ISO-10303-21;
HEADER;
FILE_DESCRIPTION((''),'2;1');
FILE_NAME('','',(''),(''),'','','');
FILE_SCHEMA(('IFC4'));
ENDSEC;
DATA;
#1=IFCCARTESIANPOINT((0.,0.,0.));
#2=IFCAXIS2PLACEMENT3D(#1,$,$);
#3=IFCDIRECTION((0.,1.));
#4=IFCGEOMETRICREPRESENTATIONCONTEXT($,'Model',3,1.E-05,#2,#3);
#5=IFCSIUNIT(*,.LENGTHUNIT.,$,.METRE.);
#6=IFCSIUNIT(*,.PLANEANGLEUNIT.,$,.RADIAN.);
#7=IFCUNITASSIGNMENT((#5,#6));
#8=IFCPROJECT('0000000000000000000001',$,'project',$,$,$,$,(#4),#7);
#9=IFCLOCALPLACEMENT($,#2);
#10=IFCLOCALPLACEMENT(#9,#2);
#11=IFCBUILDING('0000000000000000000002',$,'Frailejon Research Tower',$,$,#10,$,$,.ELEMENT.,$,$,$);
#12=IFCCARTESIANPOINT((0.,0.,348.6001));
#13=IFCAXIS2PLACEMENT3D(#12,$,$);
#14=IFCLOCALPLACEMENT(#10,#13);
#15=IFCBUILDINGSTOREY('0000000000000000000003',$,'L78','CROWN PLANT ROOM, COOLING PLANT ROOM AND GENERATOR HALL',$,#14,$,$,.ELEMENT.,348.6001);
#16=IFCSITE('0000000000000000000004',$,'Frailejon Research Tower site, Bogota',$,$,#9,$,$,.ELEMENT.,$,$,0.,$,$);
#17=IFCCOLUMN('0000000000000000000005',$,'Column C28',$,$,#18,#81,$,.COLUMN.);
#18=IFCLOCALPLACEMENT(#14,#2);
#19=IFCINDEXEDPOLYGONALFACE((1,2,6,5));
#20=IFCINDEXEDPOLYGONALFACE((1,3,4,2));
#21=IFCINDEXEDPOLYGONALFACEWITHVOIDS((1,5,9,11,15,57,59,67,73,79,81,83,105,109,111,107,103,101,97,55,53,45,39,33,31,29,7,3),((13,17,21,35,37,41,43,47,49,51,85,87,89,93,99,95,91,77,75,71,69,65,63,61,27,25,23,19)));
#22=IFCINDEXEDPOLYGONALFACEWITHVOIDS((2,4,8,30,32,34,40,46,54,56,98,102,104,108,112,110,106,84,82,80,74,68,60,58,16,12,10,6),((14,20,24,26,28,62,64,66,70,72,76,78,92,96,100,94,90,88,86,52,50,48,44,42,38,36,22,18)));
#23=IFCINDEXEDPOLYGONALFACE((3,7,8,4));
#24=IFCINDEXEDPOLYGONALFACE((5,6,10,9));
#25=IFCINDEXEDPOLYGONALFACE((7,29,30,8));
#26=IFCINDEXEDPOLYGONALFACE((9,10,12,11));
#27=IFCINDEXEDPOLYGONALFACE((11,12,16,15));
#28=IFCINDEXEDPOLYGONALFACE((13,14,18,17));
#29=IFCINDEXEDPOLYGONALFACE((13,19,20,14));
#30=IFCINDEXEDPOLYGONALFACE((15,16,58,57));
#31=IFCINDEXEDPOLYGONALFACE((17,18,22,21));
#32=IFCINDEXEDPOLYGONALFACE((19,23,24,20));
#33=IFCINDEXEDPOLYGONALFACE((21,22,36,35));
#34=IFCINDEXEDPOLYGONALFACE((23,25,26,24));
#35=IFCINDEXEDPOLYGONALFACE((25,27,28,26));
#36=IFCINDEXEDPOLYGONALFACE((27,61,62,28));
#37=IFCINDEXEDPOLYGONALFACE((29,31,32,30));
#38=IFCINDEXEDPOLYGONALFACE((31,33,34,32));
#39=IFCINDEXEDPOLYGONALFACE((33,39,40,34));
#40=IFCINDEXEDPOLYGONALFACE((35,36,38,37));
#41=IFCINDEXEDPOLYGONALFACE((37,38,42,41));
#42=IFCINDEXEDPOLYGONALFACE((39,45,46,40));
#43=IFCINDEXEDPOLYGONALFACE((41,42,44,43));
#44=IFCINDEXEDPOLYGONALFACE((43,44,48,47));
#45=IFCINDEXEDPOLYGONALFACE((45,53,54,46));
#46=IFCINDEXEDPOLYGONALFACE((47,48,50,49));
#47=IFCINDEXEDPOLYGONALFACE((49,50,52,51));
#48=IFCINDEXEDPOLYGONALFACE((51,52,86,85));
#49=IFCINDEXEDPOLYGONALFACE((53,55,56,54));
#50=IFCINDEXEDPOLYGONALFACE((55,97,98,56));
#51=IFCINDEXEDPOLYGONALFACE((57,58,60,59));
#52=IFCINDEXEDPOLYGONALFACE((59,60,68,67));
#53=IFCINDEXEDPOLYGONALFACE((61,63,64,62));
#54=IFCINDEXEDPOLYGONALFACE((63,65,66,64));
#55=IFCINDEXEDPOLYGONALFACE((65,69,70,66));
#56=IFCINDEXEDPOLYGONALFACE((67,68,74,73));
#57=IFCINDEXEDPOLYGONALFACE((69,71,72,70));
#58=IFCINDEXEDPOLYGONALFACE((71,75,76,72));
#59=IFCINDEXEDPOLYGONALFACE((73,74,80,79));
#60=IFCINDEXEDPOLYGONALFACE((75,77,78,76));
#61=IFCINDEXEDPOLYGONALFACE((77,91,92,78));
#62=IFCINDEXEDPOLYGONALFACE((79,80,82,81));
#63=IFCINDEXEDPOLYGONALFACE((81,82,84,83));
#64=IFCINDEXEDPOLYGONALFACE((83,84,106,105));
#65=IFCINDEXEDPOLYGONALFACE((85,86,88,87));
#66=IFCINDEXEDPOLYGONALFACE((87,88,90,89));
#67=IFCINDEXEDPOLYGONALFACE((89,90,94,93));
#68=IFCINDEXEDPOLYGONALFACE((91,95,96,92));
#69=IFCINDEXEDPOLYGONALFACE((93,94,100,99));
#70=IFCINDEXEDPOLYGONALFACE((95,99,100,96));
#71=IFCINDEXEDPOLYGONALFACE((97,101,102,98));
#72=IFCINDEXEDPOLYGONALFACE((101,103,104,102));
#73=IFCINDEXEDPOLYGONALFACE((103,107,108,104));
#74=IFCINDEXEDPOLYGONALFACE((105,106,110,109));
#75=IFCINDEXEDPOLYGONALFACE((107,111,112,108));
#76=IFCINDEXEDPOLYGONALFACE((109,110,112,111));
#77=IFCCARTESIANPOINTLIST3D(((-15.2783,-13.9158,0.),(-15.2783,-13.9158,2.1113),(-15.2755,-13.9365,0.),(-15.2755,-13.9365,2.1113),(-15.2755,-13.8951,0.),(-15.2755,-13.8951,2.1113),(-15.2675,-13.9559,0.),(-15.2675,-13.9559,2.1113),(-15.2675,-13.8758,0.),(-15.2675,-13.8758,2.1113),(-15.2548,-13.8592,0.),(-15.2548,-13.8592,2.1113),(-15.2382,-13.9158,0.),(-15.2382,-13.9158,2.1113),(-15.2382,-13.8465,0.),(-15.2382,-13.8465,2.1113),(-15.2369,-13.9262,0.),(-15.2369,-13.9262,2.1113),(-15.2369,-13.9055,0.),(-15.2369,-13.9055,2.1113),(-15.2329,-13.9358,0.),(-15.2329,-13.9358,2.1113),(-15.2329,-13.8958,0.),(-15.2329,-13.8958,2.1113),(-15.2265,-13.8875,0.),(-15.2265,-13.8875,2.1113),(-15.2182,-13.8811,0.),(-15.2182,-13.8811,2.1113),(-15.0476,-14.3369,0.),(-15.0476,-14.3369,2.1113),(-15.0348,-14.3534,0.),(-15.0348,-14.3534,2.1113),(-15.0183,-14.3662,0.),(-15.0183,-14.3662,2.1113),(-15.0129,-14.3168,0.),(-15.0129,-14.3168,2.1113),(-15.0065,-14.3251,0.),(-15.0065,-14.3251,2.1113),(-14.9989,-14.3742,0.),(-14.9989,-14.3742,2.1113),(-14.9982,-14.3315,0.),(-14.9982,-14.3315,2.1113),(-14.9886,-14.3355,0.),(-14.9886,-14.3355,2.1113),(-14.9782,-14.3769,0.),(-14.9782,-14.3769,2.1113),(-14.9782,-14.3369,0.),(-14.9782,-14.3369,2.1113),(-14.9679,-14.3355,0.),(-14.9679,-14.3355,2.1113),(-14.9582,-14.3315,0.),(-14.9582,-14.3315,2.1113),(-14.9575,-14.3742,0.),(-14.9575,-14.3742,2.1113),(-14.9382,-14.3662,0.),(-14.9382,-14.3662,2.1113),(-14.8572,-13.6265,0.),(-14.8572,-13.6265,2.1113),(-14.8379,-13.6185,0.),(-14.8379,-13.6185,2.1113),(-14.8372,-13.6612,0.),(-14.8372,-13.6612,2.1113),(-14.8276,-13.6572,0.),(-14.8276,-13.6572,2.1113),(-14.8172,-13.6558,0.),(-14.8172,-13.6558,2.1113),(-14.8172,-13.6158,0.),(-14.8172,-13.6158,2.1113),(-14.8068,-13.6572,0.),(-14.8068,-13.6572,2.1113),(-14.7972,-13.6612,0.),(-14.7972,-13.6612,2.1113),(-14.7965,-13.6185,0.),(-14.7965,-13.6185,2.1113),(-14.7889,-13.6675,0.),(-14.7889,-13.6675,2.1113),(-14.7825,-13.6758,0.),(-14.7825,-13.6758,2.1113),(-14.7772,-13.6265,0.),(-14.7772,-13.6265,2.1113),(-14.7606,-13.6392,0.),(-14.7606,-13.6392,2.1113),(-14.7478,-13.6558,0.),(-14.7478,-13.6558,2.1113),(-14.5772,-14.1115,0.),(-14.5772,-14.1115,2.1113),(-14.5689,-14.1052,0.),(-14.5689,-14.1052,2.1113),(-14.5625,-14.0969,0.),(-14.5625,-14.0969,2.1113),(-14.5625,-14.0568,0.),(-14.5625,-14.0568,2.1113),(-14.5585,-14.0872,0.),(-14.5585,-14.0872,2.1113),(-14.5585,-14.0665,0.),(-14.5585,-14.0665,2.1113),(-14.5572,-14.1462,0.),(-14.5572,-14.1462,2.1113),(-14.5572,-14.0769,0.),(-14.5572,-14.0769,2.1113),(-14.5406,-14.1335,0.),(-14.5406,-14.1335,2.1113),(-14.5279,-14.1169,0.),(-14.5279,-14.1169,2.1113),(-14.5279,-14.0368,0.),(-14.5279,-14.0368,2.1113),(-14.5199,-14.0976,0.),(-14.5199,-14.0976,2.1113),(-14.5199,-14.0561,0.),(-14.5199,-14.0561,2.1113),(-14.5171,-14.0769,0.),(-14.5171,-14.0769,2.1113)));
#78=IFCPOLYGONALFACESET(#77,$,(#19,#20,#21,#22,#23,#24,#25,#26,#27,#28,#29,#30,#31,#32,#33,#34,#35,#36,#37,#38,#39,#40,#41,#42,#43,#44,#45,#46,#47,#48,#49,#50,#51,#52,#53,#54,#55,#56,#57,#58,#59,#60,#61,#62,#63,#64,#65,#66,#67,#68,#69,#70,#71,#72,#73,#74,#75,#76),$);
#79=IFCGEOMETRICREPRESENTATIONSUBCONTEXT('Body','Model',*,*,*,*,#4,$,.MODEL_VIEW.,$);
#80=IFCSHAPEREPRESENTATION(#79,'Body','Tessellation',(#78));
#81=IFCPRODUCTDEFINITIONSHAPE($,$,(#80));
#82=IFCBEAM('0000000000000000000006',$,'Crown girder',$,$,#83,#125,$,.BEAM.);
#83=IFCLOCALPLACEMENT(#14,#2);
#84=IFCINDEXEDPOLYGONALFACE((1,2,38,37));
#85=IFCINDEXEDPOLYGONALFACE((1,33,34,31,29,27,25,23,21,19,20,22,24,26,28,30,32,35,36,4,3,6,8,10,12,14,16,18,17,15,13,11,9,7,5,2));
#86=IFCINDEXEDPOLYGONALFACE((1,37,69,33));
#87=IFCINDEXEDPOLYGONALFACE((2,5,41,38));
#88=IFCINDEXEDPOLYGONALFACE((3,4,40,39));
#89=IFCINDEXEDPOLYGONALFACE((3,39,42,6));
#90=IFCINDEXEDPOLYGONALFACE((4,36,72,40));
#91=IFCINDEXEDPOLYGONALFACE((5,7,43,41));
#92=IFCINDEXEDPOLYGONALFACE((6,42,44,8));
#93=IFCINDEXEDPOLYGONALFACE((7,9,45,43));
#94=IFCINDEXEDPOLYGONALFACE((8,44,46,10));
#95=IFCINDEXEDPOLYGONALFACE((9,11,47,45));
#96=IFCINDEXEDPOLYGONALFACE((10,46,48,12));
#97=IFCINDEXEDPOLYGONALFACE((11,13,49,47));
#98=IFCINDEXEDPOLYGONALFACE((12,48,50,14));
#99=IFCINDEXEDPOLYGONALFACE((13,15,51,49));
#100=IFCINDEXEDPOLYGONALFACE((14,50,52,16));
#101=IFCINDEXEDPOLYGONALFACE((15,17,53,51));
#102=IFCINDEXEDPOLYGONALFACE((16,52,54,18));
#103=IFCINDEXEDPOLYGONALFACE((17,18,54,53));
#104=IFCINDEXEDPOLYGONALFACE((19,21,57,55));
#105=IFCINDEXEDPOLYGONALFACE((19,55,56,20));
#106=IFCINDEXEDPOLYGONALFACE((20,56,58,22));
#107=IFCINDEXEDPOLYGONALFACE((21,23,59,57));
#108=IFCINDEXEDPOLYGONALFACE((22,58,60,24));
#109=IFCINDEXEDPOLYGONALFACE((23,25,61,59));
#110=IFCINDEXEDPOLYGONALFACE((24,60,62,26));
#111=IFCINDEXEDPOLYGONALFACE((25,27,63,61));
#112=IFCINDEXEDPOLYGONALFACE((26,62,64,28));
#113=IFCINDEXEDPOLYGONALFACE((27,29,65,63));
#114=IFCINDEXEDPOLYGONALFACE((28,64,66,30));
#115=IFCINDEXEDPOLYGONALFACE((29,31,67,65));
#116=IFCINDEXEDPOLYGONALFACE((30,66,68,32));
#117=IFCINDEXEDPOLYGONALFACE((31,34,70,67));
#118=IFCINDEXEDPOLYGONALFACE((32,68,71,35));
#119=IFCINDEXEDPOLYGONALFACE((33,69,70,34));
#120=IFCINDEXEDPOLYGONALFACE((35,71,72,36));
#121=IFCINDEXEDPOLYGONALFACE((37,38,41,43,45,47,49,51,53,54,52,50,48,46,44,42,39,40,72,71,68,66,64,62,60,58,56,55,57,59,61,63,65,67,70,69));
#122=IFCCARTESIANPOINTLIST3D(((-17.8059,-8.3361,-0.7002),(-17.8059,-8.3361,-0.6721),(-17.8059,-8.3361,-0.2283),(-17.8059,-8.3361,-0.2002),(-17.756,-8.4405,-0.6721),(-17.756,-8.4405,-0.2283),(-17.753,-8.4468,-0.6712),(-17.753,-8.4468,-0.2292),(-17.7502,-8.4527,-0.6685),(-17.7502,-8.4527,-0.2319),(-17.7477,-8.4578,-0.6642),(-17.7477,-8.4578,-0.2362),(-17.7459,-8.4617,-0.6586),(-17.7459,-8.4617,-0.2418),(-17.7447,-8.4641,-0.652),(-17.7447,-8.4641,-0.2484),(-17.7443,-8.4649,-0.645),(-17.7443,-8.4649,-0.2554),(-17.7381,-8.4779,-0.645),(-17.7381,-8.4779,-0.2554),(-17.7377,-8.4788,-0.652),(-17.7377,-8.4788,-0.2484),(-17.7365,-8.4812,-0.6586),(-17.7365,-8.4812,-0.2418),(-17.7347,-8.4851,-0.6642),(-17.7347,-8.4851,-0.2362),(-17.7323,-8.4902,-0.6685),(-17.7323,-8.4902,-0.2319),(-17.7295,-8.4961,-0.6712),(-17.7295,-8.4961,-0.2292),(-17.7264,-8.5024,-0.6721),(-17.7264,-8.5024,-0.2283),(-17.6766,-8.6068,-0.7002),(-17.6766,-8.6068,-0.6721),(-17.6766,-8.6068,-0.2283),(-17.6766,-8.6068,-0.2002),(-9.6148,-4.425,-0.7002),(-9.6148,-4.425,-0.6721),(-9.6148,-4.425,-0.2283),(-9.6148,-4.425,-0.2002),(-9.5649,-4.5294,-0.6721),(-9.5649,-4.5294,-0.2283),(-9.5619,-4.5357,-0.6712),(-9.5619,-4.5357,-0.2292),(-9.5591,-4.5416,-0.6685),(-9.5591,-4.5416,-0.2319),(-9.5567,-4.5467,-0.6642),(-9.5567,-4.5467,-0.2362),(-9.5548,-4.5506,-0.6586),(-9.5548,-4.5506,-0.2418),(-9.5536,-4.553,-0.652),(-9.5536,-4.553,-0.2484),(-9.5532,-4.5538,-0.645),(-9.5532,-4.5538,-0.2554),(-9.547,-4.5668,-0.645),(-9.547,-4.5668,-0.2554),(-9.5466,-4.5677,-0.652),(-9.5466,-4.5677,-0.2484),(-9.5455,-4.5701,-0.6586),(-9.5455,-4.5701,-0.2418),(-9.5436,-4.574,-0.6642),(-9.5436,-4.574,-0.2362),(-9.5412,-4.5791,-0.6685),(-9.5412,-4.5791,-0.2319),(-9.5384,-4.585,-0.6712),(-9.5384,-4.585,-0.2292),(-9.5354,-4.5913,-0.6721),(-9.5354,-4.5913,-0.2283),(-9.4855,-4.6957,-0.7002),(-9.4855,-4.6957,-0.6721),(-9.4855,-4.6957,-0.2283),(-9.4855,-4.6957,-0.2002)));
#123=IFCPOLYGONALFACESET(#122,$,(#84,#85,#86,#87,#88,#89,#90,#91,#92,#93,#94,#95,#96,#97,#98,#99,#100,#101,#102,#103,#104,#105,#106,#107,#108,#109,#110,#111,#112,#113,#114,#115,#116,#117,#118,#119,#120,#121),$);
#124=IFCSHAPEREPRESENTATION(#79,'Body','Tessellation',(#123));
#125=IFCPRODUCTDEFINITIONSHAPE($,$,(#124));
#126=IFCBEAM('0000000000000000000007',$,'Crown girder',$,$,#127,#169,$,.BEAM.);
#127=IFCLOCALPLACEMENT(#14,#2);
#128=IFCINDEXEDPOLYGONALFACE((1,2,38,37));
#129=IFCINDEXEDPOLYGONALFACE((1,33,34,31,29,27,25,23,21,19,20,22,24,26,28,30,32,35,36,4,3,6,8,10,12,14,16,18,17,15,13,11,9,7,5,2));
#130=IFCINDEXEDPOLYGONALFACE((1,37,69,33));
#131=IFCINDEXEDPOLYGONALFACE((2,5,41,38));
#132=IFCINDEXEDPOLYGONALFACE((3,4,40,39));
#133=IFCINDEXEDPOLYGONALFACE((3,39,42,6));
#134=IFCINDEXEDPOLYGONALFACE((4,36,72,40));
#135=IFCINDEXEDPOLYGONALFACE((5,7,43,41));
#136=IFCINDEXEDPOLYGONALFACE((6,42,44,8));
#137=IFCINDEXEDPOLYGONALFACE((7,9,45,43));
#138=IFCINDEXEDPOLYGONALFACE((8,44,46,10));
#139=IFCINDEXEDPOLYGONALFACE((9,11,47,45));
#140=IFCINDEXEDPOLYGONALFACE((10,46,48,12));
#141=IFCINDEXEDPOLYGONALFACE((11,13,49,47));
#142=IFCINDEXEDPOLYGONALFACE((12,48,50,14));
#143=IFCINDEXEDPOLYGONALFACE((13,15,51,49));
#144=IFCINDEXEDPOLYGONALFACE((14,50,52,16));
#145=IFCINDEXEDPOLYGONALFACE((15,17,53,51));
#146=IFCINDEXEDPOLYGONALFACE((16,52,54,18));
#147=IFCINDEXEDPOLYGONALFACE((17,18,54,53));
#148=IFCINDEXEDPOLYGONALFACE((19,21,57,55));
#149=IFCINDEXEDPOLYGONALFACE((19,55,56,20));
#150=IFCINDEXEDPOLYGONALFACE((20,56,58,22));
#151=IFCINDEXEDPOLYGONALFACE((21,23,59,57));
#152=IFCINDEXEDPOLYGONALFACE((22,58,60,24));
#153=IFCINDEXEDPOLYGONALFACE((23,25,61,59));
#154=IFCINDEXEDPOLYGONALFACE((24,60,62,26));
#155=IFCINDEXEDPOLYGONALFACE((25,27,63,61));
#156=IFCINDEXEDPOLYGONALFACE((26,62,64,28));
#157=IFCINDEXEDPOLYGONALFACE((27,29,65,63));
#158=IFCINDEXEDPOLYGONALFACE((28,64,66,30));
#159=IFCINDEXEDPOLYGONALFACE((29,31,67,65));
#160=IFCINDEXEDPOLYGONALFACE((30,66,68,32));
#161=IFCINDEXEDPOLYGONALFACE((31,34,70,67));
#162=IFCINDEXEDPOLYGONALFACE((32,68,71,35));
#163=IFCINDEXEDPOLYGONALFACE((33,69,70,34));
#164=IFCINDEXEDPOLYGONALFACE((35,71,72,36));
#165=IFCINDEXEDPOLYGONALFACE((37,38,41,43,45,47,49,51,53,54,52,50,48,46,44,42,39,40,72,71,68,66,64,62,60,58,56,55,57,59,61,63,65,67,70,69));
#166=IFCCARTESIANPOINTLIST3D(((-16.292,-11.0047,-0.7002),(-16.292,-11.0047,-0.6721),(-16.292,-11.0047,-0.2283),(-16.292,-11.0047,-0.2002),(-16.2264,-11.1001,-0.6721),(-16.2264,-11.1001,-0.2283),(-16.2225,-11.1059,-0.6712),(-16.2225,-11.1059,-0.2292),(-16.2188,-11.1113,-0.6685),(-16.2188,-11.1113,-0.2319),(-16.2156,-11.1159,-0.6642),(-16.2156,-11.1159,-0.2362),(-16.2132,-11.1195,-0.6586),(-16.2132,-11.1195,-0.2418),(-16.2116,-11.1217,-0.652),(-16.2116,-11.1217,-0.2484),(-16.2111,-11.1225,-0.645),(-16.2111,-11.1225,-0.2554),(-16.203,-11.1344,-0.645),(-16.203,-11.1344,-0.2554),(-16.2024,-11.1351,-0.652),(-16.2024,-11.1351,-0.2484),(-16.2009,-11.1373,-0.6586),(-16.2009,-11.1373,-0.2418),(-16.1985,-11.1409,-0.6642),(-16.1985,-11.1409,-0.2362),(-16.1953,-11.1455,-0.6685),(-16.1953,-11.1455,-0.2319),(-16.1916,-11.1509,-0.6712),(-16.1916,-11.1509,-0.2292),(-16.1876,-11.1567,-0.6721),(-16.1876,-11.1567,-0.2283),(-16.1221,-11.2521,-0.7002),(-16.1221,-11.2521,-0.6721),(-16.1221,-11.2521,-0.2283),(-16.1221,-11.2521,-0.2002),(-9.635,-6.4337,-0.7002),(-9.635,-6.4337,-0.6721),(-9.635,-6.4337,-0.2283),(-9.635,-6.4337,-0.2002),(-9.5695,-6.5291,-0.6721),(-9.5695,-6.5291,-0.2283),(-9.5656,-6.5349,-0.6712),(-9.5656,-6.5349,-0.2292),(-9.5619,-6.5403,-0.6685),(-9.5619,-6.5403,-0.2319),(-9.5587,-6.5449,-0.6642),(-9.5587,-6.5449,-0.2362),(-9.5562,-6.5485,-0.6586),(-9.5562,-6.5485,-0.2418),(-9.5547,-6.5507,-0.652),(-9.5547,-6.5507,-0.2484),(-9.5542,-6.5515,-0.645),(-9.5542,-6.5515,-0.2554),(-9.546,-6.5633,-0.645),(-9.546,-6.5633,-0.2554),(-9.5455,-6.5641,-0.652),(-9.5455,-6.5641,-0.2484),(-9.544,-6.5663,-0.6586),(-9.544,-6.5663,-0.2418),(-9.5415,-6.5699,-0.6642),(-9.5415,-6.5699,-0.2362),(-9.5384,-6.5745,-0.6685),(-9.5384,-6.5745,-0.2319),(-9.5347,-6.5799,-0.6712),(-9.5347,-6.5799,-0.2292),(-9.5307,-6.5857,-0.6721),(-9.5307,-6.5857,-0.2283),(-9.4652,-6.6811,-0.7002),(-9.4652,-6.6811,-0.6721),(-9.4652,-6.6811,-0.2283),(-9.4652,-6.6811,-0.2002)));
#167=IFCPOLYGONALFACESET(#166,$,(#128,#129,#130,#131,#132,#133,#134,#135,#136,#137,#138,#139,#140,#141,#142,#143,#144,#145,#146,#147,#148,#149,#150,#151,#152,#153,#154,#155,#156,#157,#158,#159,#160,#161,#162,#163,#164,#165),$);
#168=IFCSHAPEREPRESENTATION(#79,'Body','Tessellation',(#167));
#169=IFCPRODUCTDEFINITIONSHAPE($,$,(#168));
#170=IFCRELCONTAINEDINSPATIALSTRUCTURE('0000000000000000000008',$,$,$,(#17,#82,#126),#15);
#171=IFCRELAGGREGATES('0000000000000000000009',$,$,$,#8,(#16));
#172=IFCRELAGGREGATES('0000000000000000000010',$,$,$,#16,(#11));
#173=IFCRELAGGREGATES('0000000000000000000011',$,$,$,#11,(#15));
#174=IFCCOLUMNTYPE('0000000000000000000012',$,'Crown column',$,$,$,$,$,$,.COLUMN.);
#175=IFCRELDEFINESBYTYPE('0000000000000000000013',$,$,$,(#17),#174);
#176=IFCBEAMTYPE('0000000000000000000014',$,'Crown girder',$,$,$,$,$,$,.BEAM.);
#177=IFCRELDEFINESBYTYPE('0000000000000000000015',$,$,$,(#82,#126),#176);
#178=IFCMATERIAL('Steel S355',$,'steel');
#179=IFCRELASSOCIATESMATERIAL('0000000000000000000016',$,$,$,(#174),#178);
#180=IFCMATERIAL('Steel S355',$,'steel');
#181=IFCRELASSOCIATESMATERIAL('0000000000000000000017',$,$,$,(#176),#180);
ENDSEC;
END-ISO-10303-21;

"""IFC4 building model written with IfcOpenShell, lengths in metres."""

from ifc_helpers import new_model, si_unit, direction, frame, origin, origin_2d, place, context, subcontext, project, spatial, hollow_rectangle, i_section, extrude, material, material_profile, profile_set, type_object, element, save


model = new_model("IFC4")

# Units and contexts
model_context = context("Model", 3, precision=1e-05, world=origin(), true_north=direction((0.0, 1.0)))
body_context = subcontext(model_context, "Body", "Model", "MODEL_VIEW")
ifc_project = project(units=[si_unit("LENGTHUNIT", "METRE"), si_unit("PLANEANGLEUNIT", "RADIAN")], contexts=[model_context])

# Site, building, storey
site_placement = place(None, origin())
site = spatial("IfcSite", under=ifc_project, at=site_placement, Name="Frailejon Research Tower site, Bogota", CompositionType="ELEMENT", RefElevation=0.0)
building_placement = place(site_placement, origin())
building = spatial("IfcBuilding", under=site, at=building_placement, Name="Frailejon Research Tower", CompositionType="ELEMENT")
storey_placement = place(building_placement, frame((0.0, 0.0, 348.6001)))
storey = spatial("IfcBuildingStorey", under=building, at=storey_placement, Name="L78", Description="CROWN PLANT ROOM, COOLING PLANT ROOM AND GENERATOR HALL", CompositionType="ELEMENT", Elevation=348.6001)

# Column
ifc_material_1 = material(Name="Steel S355", Category="steel")
ifc_material_profile_1 = material_profile(ifc_material_1, hollow_rectangle(XDim=0.6001, YDim=0.6001, WallThickness=0.04, InnerFilletRadius=0.04, OuterFilletRadius=0.0801, at=origin_2d()), Name="Crown column")
ifc_profile_set_1 = profile_set([ifc_material_profile_1], Name="Steel S355")
column_type = type_object("IfcColumnType", Name="Crown column", PredefinedType="COLUMN", material=ifc_profile_set_1)
column_placement = place(storey_placement, frame((-14.8977, -13.9963, 0.0), z_axis=(0.0, 0.0, 1.0), x_axis=(0.5, -0.866025, 0.0)))
element("IfcColumn", 1, at=column_placement, inside=storey, type_object=column_type, Name="Column C28", PredefinedType="COLUMN", context=body_context, shape_type="SweptSolid", body=[
    extrude(hollow_rectangle(XDim=0.6001, YDim=0.6001, WallThickness=0.04, InnerFilletRadius=0.04, OuterFilletRadius=0.0801, at=origin_2d()), origin(), (0.0, 0.0, 1.0), 2.1113),
])

# Beams
ifc_material_2 = material(Name="Steel S355", Category="steel")
ifc_material_profile_2 = material_profile(ifc_material_2, i_section(OverallWidth=0.3, OverallDepth=0.5, WebThickness=0.0144, FlangeThickness=0.0281, FilletRadius=0.0271, at=origin_2d()), Name="HE 500 B")
ifc_profile_set_2 = profile_set([ifc_material_profile_2], Name="Steel S355")
beam_type_1 = type_object("IfcBeamType", Name="Crown girder", PredefinedType="BEAM", material=ifc_profile_set_2)
beam_1_placement = place(storey_placement, frame((-17.7412, -8.4714, -0.4502), z_axis=(0.902408, 0.430883, 0.0), x_axis=(-0.430883, 0.902408, 0.0)))
element("IfcBeam", 2, at=beam_1_placement, inside=storey, type_object=beam_type_1, Name="Crown girder", PredefinedType="BEAM", context=body_context, shape_type="SweptSolid", body=[
    extrude(i_section(OverallWidth=0.3, OverallDepth=0.5, WebThickness=0.0144, FlangeThickness=0.0281, FilletRadius=0.0271, at=origin_2d()), origin(), (0.0, 0.0, 1.0), 9.0769),
])
beam_2_placement = place(storey_placement, frame((-16.207, -11.1284, -0.4502), z_axis=(0.824367, 0.566055, 0.0), x_axis=(-0.566055, 0.824367, 0.0)))
element("IfcBeam", 3, at=beam_2_placement, inside=storey, type_object=beam_type_1, Name="Crown girder", PredefinedType="BEAM", context=body_context, shape_type="SweptSolid", body=[
    extrude(i_section(OverallWidth=0.3, OverallDepth=0.5, WebThickness=0.0144, FlangeThickness=0.0281, FilletRadius=0.0271, at=origin_2d()), origin(), (0.0, 0.0, 1.0), 8.0752),
])

save(model, "model.ifc")
